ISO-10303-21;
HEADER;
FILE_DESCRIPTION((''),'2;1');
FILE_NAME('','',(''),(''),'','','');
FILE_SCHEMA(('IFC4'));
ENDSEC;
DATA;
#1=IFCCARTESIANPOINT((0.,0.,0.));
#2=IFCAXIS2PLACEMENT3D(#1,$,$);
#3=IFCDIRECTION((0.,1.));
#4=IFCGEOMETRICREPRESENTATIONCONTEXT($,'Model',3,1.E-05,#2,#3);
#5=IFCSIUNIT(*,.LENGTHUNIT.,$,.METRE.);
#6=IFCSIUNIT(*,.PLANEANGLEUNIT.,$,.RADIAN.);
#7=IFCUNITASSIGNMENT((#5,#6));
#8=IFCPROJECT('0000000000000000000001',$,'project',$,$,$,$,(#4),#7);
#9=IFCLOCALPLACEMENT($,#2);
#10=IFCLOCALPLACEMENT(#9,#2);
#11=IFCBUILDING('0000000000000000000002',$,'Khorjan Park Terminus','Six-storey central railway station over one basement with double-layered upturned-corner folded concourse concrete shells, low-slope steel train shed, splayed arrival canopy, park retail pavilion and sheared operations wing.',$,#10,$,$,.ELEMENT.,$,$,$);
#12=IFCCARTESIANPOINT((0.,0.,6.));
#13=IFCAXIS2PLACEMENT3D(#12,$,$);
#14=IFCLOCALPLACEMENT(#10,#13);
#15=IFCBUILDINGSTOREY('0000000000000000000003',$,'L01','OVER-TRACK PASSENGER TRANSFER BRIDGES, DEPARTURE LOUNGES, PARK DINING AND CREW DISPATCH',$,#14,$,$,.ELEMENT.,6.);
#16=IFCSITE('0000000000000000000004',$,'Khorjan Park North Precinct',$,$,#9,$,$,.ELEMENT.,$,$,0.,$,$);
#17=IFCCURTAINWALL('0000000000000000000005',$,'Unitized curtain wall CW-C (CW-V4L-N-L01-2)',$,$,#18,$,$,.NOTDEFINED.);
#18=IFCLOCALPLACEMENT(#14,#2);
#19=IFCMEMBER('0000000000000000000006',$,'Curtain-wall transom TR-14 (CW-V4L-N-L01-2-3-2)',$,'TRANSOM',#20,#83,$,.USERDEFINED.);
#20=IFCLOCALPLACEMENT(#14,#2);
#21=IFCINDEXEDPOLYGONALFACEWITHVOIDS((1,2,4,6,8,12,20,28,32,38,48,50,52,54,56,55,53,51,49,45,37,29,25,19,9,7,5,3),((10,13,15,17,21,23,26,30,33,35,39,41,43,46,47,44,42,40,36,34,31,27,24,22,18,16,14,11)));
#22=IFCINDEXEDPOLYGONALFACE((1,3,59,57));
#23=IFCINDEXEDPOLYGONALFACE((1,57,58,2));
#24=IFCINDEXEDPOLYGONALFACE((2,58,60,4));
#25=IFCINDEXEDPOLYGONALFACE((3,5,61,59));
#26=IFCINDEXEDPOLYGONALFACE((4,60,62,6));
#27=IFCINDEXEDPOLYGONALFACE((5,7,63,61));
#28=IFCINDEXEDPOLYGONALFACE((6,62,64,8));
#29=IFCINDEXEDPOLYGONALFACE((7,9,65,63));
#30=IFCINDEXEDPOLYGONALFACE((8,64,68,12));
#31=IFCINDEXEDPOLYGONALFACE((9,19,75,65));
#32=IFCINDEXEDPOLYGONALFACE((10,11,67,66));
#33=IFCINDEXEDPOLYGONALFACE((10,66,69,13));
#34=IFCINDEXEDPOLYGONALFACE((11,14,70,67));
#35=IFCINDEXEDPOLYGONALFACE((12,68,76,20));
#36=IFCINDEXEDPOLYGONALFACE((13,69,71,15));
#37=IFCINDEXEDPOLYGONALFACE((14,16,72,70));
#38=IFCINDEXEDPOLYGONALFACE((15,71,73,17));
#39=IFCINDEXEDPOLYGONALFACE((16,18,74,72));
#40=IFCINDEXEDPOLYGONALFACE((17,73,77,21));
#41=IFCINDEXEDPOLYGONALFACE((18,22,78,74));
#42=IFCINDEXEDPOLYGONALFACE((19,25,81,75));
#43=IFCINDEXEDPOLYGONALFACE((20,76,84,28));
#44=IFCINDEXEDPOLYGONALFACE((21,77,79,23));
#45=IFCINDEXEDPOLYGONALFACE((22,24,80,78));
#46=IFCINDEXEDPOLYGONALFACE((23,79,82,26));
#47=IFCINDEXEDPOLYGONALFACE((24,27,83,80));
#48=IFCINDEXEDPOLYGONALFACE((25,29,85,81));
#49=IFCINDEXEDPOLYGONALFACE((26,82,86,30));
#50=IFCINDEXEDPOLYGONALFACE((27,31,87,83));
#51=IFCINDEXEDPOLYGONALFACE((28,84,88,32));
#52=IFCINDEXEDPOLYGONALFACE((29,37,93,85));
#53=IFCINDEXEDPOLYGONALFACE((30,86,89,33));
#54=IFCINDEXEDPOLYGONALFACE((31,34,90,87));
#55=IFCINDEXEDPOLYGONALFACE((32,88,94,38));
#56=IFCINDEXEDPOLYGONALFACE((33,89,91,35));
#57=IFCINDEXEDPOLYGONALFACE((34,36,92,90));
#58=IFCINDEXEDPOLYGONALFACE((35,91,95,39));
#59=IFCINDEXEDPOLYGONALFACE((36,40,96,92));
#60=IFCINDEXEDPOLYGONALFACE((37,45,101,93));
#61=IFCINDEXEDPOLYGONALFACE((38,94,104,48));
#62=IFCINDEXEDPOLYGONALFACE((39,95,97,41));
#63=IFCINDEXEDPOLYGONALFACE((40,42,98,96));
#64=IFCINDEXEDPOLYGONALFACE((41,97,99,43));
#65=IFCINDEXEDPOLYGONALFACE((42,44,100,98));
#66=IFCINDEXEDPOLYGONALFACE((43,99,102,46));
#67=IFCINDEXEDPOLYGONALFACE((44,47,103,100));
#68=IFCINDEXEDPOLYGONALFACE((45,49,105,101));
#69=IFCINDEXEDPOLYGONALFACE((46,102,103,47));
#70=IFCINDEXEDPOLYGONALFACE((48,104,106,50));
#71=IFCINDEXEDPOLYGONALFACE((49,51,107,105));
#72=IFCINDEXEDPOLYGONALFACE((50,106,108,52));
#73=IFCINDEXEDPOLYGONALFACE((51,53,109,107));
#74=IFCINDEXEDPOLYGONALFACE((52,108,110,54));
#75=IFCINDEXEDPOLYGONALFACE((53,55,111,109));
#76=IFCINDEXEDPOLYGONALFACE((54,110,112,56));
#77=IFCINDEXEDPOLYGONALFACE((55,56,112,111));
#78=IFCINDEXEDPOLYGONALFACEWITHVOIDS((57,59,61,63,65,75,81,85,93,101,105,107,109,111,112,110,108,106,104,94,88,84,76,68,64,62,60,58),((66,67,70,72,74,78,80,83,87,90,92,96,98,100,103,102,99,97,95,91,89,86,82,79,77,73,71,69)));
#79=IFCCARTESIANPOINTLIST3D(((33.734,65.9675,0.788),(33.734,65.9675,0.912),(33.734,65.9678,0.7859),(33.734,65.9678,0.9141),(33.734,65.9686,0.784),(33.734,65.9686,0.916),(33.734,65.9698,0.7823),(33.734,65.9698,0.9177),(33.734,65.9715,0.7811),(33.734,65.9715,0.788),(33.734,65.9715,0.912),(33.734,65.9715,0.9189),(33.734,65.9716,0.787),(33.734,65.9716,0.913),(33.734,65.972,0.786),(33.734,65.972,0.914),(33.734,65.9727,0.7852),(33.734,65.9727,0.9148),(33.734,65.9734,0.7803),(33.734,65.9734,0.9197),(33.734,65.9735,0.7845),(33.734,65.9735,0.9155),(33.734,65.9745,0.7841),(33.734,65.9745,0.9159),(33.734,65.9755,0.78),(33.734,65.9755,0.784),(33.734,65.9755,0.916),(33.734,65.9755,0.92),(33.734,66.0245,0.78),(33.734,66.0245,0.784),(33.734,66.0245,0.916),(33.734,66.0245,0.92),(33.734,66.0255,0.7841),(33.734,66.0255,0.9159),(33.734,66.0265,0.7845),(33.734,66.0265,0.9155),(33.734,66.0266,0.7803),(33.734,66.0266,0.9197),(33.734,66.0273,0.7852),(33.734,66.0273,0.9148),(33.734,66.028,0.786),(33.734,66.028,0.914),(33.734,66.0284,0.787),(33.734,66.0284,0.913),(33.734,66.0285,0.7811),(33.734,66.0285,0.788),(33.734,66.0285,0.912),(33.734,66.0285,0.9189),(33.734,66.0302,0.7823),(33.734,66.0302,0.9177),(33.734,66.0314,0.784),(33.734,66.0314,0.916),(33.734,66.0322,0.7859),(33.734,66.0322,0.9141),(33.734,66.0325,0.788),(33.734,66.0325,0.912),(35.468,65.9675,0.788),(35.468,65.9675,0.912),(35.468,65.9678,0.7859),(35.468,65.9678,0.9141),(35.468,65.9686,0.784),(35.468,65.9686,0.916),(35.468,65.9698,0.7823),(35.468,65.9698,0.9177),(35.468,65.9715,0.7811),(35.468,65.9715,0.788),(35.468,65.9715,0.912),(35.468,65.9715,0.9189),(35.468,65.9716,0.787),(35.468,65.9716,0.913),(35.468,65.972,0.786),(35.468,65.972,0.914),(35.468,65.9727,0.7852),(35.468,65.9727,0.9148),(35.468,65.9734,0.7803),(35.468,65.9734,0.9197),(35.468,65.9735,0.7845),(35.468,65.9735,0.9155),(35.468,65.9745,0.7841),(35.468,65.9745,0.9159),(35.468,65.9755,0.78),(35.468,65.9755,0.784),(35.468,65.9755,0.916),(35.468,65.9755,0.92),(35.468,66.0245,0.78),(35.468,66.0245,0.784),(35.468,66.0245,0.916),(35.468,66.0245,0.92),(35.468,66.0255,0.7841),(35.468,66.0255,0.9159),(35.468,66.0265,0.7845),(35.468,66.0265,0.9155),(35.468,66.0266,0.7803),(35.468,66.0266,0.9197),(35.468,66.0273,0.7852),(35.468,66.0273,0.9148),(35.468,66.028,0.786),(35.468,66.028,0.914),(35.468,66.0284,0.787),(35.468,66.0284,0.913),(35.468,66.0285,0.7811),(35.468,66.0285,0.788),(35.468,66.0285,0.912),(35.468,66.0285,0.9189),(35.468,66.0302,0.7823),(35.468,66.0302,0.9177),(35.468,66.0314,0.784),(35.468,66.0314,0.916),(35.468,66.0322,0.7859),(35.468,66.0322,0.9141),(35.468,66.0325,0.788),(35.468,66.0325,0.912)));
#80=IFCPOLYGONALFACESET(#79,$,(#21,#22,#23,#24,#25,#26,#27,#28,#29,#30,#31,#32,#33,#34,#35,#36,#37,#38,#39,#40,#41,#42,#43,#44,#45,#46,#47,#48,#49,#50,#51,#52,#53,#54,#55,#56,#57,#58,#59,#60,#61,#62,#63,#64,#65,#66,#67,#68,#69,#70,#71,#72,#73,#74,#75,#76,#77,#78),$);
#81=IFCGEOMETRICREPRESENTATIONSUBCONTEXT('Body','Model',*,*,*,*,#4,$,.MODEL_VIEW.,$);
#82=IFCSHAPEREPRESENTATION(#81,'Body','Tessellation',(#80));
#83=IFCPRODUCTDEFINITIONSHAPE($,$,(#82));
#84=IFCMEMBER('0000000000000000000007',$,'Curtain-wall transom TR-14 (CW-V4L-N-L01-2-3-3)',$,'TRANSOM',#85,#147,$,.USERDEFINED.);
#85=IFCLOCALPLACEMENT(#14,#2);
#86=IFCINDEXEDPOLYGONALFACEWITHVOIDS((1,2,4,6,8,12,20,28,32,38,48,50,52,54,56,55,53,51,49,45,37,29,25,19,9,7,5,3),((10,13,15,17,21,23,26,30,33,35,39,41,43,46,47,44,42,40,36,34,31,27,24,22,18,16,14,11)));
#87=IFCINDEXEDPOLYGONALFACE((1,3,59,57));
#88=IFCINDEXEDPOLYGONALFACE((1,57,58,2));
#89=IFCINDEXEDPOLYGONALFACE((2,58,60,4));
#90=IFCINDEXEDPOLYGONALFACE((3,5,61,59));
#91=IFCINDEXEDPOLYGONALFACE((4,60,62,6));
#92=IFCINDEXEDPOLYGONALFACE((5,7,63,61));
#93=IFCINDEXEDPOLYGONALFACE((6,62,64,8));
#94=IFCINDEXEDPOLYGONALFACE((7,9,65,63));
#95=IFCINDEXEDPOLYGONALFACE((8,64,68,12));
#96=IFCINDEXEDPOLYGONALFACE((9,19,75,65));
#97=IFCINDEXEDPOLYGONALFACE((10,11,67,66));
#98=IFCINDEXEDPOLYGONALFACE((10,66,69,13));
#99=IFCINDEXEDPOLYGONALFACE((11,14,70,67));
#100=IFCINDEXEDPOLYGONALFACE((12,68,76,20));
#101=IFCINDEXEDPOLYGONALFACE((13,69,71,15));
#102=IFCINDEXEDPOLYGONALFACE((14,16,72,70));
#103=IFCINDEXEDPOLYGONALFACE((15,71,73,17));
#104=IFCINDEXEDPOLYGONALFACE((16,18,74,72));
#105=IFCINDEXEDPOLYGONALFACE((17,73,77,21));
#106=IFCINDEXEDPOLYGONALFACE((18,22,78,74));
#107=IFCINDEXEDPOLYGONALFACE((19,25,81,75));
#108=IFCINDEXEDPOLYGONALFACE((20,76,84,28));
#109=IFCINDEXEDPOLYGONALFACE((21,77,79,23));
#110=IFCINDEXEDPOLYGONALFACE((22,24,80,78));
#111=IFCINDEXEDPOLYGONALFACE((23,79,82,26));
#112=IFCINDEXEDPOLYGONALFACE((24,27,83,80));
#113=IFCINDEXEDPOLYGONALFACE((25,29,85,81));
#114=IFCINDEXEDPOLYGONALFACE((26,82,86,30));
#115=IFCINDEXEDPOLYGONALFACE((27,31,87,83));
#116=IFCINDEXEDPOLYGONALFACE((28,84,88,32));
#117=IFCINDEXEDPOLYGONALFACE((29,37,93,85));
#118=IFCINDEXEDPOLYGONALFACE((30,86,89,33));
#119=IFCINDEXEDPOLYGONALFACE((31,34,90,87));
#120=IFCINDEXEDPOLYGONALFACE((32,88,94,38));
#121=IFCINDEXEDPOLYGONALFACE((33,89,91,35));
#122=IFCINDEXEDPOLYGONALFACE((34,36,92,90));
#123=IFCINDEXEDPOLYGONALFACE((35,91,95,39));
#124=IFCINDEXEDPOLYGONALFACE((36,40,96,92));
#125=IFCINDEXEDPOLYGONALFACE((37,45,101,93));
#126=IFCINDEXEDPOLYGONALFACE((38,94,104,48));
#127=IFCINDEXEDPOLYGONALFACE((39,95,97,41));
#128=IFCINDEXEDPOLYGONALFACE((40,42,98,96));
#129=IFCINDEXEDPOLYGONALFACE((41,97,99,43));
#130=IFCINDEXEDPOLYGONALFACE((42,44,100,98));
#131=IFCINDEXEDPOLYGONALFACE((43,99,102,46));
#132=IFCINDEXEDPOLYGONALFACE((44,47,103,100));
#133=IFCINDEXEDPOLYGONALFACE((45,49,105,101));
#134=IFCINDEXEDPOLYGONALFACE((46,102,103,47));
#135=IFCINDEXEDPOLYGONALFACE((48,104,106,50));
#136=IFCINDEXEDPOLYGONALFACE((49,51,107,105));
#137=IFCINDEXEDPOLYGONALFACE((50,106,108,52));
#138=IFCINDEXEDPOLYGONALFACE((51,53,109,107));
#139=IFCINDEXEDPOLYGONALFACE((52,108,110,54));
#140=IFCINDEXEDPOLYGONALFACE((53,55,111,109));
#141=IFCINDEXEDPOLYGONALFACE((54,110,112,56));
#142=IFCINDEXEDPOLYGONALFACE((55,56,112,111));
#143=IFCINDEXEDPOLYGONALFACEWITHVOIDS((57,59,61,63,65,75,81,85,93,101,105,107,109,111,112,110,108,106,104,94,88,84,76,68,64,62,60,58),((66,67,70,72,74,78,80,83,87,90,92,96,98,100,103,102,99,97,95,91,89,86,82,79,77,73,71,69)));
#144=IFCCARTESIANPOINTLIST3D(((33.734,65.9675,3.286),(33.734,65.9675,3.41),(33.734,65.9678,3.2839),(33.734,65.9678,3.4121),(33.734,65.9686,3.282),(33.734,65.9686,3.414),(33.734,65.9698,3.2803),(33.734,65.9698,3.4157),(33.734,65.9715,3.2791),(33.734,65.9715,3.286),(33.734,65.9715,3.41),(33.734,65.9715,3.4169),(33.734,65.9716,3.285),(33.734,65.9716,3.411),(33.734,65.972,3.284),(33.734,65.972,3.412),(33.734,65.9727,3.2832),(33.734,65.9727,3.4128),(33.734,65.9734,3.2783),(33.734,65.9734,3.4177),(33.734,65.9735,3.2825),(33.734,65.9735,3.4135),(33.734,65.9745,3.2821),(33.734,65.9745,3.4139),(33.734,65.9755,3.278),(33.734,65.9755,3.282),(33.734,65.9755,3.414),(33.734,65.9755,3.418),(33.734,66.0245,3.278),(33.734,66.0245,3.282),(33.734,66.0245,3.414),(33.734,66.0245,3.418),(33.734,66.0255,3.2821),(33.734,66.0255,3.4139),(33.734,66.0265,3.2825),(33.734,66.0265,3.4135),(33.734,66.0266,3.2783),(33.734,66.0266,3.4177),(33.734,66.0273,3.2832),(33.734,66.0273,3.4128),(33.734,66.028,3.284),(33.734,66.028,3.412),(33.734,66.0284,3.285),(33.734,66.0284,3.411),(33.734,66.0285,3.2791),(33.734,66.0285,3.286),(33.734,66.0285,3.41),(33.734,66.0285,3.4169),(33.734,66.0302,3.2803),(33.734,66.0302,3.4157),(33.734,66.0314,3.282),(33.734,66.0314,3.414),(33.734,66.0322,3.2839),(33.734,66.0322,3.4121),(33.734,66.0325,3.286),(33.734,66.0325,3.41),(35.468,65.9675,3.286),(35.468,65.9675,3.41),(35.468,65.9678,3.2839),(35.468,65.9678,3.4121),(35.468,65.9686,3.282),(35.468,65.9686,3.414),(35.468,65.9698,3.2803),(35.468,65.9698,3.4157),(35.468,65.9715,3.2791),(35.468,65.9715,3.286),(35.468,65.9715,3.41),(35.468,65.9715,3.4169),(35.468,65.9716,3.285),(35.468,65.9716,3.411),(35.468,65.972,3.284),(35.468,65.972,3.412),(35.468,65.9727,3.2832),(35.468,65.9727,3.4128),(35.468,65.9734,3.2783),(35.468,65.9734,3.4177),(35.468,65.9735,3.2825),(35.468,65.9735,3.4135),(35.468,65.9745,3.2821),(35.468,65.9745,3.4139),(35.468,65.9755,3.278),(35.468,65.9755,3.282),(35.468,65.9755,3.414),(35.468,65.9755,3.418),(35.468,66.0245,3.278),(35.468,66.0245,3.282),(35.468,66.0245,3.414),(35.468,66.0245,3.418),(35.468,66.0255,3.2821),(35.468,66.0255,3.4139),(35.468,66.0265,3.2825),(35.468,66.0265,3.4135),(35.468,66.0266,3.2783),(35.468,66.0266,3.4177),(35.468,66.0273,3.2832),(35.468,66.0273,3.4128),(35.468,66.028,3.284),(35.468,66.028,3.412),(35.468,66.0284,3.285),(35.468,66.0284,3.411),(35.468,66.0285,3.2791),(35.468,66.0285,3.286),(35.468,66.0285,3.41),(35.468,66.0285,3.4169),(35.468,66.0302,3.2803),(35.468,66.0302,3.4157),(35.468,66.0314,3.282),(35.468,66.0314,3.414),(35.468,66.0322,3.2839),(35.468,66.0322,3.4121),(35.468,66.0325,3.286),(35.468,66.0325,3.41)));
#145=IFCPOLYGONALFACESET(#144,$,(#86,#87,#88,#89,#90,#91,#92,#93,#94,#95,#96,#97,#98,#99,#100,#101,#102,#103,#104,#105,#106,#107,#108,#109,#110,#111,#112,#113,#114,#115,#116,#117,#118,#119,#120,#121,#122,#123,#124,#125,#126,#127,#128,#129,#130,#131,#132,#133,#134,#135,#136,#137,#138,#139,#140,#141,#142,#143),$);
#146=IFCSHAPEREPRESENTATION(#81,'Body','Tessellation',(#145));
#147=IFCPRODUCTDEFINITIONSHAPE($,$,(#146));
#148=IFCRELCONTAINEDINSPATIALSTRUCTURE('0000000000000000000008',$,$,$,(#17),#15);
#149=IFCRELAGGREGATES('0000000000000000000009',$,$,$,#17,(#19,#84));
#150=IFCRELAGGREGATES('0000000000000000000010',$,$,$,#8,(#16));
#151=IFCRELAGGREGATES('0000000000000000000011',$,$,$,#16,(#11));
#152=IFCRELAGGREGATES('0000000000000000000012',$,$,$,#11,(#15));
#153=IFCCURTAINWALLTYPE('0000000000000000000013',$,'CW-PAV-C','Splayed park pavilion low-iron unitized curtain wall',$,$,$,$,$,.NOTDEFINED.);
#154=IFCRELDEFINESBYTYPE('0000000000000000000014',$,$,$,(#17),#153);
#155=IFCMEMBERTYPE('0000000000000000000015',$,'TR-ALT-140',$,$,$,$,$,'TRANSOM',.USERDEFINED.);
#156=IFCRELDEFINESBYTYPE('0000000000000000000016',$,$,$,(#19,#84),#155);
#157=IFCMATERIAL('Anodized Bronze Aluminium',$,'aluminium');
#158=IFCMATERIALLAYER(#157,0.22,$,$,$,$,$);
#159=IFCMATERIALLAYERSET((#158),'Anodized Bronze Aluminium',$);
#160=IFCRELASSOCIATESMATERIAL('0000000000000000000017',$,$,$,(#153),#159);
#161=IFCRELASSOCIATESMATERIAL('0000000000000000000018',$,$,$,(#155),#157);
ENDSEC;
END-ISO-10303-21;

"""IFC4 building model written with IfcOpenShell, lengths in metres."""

from ifc_helpers import new_model, si_unit, direction, frame, origin, origin_2d, place, context, subcontext, project, spatial, hollow_rectangle, extrude, material, layer, layer_set, material_profile, profile_set, type_object, element, aggregate, save


model = new_model("IFC4")

# Units and contexts
model_context = context("Model", 3, precision=1e-05, world=origin(), true_north=direction((0.0, 1.0)))
body_context = subcontext(model_context, "Body", "Model", "MODEL_VIEW")
ifc_project = project(units=[si_unit("LENGTHUNIT", "METRE"), si_unit("PLANEANGLEUNIT", "RADIAN")], contexts=[model_context])

# Site, building, storey
site_placement = place(None, origin())
site = spatial("IfcSite", under=ifc_project, at=site_placement, Name="Khorjan Park North Precinct", CompositionType="ELEMENT", RefElevation=0.0)
building_placement = place(site_placement, origin())
building = spatial("IfcBuilding", under=site, at=building_placement, Name="Khorjan Park Terminus", Description="Six-storey central railway station over one basement with double-layered upturned-corner folded concourse concrete shells, low-slope steel train shed, splayed arrival canopy, park retail pavilion and sheared operations wing.", CompositionType="ELEMENT")
storey_placement = place(building_placement, frame((0.0, 0.0, 6.0)))
storey = spatial("IfcBuildingStorey", under=building, at=storey_placement, Name="L01", Description="OVER-TRACK PASSENGER TRANSFER BRIDGES, DEPARTURE LOUNGES, PARK DINING AND CREW DISPATCH", CompositionType="ELEMENT", Elevation=6.0)

# Curtain wall, members
ifc_material_1 = material(Name="Anodized Bronze Aluminium", Category="aluminium")
ifc_layer_1 = layer(ifc_material_1, 0.22)
ifc_layer_set_1 = layer_set([ifc_layer_1], Name="Anodized Bronze Aluminium")
curtain_wall_type = type_object("IfcCurtainWallType", Name="CW-PAV-C", Description="Splayed park pavilion low-iron unitized curtain wall", PredefinedType="NOTDEFINED", material=ifc_layer_set_1)
curtain_wall_1_placement = place(storey_placement, origin())
curtain_wall_1 = element("IfcCurtainWall", 1, at=curtain_wall_1_placement, inside=storey, type_object=curtain_wall_type, Name="Unitized curtain wall CW-C (CW-V4L-N-L01-2)", PredefinedType="NOTDEFINED")
ifc_material_profile_1 = material_profile(ifc_material_1, hollow_rectangle(XDim=0.065, YDim=0.14, WallThickness=0.004, InnerFilletRadius=0.004, OuterFilletRadius=0.008, at=origin_2d()), Name="ALT 65x140x4")
ifc_profile_set_1 = profile_set([ifc_material_profile_1], Name="Anodized Bronze Aluminium")
member_type_1 = type_object("IfcMemberType", Name="TR-ALT-140", ElementType="TRANSOM", PredefinedType="USERDEFINED", material=ifc_profile_set_1)
member_1_placement = place(storey_placement, frame((35.468, 66.0, 0.85), z_axis=(-1.0, 0.0, 0.0), x_axis=(0.0, -1.0, 0.0)))
member_1 = element("IfcMember", 2, at=member_1_placement, type_object=member_type_1, Name="Curtain-wall transom TR-14 (CW-V4L-N-L01-2-3-2)", ObjectType="TRANSOM", PredefinedType="USERDEFINED", context=body_context, shape_type="SweptSolid", body=[
    extrude(hollow_rectangle(XDim=0.065, YDim=0.14, WallThickness=0.004, InnerFilletRadius=0.004, OuterFilletRadius=0.008, at=origin_2d()), origin(), (0.0, 0.0, 1.0), 1.734),
])
member_2_placement = place(storey_placement, frame((35.468, 66.0, 3.348), z_axis=(-1.0, 0.0, 0.0), x_axis=(0.0, -1.0, 0.0)))
member_2 = element("IfcMember", 3, at=member_2_placement, type_object=member_type_1, Name="Curtain-wall transom TR-14 (CW-V4L-N-L01-2-3-3)", ObjectType="TRANSOM", PredefinedType="USERDEFINED", context=body_context, shape_type="SweptSolid", body=[
    extrude(hollow_rectangle(XDim=0.065, YDim=0.14, WallThickness=0.004, InnerFilletRadius=0.004, OuterFilletRadius=0.008, at=origin_2d()), origin(), (0.0, 0.0, 1.0), 1.734),
])

aggregate(curtain_wall_1, [member_1, member_2])

save(model, "model.ifc")
